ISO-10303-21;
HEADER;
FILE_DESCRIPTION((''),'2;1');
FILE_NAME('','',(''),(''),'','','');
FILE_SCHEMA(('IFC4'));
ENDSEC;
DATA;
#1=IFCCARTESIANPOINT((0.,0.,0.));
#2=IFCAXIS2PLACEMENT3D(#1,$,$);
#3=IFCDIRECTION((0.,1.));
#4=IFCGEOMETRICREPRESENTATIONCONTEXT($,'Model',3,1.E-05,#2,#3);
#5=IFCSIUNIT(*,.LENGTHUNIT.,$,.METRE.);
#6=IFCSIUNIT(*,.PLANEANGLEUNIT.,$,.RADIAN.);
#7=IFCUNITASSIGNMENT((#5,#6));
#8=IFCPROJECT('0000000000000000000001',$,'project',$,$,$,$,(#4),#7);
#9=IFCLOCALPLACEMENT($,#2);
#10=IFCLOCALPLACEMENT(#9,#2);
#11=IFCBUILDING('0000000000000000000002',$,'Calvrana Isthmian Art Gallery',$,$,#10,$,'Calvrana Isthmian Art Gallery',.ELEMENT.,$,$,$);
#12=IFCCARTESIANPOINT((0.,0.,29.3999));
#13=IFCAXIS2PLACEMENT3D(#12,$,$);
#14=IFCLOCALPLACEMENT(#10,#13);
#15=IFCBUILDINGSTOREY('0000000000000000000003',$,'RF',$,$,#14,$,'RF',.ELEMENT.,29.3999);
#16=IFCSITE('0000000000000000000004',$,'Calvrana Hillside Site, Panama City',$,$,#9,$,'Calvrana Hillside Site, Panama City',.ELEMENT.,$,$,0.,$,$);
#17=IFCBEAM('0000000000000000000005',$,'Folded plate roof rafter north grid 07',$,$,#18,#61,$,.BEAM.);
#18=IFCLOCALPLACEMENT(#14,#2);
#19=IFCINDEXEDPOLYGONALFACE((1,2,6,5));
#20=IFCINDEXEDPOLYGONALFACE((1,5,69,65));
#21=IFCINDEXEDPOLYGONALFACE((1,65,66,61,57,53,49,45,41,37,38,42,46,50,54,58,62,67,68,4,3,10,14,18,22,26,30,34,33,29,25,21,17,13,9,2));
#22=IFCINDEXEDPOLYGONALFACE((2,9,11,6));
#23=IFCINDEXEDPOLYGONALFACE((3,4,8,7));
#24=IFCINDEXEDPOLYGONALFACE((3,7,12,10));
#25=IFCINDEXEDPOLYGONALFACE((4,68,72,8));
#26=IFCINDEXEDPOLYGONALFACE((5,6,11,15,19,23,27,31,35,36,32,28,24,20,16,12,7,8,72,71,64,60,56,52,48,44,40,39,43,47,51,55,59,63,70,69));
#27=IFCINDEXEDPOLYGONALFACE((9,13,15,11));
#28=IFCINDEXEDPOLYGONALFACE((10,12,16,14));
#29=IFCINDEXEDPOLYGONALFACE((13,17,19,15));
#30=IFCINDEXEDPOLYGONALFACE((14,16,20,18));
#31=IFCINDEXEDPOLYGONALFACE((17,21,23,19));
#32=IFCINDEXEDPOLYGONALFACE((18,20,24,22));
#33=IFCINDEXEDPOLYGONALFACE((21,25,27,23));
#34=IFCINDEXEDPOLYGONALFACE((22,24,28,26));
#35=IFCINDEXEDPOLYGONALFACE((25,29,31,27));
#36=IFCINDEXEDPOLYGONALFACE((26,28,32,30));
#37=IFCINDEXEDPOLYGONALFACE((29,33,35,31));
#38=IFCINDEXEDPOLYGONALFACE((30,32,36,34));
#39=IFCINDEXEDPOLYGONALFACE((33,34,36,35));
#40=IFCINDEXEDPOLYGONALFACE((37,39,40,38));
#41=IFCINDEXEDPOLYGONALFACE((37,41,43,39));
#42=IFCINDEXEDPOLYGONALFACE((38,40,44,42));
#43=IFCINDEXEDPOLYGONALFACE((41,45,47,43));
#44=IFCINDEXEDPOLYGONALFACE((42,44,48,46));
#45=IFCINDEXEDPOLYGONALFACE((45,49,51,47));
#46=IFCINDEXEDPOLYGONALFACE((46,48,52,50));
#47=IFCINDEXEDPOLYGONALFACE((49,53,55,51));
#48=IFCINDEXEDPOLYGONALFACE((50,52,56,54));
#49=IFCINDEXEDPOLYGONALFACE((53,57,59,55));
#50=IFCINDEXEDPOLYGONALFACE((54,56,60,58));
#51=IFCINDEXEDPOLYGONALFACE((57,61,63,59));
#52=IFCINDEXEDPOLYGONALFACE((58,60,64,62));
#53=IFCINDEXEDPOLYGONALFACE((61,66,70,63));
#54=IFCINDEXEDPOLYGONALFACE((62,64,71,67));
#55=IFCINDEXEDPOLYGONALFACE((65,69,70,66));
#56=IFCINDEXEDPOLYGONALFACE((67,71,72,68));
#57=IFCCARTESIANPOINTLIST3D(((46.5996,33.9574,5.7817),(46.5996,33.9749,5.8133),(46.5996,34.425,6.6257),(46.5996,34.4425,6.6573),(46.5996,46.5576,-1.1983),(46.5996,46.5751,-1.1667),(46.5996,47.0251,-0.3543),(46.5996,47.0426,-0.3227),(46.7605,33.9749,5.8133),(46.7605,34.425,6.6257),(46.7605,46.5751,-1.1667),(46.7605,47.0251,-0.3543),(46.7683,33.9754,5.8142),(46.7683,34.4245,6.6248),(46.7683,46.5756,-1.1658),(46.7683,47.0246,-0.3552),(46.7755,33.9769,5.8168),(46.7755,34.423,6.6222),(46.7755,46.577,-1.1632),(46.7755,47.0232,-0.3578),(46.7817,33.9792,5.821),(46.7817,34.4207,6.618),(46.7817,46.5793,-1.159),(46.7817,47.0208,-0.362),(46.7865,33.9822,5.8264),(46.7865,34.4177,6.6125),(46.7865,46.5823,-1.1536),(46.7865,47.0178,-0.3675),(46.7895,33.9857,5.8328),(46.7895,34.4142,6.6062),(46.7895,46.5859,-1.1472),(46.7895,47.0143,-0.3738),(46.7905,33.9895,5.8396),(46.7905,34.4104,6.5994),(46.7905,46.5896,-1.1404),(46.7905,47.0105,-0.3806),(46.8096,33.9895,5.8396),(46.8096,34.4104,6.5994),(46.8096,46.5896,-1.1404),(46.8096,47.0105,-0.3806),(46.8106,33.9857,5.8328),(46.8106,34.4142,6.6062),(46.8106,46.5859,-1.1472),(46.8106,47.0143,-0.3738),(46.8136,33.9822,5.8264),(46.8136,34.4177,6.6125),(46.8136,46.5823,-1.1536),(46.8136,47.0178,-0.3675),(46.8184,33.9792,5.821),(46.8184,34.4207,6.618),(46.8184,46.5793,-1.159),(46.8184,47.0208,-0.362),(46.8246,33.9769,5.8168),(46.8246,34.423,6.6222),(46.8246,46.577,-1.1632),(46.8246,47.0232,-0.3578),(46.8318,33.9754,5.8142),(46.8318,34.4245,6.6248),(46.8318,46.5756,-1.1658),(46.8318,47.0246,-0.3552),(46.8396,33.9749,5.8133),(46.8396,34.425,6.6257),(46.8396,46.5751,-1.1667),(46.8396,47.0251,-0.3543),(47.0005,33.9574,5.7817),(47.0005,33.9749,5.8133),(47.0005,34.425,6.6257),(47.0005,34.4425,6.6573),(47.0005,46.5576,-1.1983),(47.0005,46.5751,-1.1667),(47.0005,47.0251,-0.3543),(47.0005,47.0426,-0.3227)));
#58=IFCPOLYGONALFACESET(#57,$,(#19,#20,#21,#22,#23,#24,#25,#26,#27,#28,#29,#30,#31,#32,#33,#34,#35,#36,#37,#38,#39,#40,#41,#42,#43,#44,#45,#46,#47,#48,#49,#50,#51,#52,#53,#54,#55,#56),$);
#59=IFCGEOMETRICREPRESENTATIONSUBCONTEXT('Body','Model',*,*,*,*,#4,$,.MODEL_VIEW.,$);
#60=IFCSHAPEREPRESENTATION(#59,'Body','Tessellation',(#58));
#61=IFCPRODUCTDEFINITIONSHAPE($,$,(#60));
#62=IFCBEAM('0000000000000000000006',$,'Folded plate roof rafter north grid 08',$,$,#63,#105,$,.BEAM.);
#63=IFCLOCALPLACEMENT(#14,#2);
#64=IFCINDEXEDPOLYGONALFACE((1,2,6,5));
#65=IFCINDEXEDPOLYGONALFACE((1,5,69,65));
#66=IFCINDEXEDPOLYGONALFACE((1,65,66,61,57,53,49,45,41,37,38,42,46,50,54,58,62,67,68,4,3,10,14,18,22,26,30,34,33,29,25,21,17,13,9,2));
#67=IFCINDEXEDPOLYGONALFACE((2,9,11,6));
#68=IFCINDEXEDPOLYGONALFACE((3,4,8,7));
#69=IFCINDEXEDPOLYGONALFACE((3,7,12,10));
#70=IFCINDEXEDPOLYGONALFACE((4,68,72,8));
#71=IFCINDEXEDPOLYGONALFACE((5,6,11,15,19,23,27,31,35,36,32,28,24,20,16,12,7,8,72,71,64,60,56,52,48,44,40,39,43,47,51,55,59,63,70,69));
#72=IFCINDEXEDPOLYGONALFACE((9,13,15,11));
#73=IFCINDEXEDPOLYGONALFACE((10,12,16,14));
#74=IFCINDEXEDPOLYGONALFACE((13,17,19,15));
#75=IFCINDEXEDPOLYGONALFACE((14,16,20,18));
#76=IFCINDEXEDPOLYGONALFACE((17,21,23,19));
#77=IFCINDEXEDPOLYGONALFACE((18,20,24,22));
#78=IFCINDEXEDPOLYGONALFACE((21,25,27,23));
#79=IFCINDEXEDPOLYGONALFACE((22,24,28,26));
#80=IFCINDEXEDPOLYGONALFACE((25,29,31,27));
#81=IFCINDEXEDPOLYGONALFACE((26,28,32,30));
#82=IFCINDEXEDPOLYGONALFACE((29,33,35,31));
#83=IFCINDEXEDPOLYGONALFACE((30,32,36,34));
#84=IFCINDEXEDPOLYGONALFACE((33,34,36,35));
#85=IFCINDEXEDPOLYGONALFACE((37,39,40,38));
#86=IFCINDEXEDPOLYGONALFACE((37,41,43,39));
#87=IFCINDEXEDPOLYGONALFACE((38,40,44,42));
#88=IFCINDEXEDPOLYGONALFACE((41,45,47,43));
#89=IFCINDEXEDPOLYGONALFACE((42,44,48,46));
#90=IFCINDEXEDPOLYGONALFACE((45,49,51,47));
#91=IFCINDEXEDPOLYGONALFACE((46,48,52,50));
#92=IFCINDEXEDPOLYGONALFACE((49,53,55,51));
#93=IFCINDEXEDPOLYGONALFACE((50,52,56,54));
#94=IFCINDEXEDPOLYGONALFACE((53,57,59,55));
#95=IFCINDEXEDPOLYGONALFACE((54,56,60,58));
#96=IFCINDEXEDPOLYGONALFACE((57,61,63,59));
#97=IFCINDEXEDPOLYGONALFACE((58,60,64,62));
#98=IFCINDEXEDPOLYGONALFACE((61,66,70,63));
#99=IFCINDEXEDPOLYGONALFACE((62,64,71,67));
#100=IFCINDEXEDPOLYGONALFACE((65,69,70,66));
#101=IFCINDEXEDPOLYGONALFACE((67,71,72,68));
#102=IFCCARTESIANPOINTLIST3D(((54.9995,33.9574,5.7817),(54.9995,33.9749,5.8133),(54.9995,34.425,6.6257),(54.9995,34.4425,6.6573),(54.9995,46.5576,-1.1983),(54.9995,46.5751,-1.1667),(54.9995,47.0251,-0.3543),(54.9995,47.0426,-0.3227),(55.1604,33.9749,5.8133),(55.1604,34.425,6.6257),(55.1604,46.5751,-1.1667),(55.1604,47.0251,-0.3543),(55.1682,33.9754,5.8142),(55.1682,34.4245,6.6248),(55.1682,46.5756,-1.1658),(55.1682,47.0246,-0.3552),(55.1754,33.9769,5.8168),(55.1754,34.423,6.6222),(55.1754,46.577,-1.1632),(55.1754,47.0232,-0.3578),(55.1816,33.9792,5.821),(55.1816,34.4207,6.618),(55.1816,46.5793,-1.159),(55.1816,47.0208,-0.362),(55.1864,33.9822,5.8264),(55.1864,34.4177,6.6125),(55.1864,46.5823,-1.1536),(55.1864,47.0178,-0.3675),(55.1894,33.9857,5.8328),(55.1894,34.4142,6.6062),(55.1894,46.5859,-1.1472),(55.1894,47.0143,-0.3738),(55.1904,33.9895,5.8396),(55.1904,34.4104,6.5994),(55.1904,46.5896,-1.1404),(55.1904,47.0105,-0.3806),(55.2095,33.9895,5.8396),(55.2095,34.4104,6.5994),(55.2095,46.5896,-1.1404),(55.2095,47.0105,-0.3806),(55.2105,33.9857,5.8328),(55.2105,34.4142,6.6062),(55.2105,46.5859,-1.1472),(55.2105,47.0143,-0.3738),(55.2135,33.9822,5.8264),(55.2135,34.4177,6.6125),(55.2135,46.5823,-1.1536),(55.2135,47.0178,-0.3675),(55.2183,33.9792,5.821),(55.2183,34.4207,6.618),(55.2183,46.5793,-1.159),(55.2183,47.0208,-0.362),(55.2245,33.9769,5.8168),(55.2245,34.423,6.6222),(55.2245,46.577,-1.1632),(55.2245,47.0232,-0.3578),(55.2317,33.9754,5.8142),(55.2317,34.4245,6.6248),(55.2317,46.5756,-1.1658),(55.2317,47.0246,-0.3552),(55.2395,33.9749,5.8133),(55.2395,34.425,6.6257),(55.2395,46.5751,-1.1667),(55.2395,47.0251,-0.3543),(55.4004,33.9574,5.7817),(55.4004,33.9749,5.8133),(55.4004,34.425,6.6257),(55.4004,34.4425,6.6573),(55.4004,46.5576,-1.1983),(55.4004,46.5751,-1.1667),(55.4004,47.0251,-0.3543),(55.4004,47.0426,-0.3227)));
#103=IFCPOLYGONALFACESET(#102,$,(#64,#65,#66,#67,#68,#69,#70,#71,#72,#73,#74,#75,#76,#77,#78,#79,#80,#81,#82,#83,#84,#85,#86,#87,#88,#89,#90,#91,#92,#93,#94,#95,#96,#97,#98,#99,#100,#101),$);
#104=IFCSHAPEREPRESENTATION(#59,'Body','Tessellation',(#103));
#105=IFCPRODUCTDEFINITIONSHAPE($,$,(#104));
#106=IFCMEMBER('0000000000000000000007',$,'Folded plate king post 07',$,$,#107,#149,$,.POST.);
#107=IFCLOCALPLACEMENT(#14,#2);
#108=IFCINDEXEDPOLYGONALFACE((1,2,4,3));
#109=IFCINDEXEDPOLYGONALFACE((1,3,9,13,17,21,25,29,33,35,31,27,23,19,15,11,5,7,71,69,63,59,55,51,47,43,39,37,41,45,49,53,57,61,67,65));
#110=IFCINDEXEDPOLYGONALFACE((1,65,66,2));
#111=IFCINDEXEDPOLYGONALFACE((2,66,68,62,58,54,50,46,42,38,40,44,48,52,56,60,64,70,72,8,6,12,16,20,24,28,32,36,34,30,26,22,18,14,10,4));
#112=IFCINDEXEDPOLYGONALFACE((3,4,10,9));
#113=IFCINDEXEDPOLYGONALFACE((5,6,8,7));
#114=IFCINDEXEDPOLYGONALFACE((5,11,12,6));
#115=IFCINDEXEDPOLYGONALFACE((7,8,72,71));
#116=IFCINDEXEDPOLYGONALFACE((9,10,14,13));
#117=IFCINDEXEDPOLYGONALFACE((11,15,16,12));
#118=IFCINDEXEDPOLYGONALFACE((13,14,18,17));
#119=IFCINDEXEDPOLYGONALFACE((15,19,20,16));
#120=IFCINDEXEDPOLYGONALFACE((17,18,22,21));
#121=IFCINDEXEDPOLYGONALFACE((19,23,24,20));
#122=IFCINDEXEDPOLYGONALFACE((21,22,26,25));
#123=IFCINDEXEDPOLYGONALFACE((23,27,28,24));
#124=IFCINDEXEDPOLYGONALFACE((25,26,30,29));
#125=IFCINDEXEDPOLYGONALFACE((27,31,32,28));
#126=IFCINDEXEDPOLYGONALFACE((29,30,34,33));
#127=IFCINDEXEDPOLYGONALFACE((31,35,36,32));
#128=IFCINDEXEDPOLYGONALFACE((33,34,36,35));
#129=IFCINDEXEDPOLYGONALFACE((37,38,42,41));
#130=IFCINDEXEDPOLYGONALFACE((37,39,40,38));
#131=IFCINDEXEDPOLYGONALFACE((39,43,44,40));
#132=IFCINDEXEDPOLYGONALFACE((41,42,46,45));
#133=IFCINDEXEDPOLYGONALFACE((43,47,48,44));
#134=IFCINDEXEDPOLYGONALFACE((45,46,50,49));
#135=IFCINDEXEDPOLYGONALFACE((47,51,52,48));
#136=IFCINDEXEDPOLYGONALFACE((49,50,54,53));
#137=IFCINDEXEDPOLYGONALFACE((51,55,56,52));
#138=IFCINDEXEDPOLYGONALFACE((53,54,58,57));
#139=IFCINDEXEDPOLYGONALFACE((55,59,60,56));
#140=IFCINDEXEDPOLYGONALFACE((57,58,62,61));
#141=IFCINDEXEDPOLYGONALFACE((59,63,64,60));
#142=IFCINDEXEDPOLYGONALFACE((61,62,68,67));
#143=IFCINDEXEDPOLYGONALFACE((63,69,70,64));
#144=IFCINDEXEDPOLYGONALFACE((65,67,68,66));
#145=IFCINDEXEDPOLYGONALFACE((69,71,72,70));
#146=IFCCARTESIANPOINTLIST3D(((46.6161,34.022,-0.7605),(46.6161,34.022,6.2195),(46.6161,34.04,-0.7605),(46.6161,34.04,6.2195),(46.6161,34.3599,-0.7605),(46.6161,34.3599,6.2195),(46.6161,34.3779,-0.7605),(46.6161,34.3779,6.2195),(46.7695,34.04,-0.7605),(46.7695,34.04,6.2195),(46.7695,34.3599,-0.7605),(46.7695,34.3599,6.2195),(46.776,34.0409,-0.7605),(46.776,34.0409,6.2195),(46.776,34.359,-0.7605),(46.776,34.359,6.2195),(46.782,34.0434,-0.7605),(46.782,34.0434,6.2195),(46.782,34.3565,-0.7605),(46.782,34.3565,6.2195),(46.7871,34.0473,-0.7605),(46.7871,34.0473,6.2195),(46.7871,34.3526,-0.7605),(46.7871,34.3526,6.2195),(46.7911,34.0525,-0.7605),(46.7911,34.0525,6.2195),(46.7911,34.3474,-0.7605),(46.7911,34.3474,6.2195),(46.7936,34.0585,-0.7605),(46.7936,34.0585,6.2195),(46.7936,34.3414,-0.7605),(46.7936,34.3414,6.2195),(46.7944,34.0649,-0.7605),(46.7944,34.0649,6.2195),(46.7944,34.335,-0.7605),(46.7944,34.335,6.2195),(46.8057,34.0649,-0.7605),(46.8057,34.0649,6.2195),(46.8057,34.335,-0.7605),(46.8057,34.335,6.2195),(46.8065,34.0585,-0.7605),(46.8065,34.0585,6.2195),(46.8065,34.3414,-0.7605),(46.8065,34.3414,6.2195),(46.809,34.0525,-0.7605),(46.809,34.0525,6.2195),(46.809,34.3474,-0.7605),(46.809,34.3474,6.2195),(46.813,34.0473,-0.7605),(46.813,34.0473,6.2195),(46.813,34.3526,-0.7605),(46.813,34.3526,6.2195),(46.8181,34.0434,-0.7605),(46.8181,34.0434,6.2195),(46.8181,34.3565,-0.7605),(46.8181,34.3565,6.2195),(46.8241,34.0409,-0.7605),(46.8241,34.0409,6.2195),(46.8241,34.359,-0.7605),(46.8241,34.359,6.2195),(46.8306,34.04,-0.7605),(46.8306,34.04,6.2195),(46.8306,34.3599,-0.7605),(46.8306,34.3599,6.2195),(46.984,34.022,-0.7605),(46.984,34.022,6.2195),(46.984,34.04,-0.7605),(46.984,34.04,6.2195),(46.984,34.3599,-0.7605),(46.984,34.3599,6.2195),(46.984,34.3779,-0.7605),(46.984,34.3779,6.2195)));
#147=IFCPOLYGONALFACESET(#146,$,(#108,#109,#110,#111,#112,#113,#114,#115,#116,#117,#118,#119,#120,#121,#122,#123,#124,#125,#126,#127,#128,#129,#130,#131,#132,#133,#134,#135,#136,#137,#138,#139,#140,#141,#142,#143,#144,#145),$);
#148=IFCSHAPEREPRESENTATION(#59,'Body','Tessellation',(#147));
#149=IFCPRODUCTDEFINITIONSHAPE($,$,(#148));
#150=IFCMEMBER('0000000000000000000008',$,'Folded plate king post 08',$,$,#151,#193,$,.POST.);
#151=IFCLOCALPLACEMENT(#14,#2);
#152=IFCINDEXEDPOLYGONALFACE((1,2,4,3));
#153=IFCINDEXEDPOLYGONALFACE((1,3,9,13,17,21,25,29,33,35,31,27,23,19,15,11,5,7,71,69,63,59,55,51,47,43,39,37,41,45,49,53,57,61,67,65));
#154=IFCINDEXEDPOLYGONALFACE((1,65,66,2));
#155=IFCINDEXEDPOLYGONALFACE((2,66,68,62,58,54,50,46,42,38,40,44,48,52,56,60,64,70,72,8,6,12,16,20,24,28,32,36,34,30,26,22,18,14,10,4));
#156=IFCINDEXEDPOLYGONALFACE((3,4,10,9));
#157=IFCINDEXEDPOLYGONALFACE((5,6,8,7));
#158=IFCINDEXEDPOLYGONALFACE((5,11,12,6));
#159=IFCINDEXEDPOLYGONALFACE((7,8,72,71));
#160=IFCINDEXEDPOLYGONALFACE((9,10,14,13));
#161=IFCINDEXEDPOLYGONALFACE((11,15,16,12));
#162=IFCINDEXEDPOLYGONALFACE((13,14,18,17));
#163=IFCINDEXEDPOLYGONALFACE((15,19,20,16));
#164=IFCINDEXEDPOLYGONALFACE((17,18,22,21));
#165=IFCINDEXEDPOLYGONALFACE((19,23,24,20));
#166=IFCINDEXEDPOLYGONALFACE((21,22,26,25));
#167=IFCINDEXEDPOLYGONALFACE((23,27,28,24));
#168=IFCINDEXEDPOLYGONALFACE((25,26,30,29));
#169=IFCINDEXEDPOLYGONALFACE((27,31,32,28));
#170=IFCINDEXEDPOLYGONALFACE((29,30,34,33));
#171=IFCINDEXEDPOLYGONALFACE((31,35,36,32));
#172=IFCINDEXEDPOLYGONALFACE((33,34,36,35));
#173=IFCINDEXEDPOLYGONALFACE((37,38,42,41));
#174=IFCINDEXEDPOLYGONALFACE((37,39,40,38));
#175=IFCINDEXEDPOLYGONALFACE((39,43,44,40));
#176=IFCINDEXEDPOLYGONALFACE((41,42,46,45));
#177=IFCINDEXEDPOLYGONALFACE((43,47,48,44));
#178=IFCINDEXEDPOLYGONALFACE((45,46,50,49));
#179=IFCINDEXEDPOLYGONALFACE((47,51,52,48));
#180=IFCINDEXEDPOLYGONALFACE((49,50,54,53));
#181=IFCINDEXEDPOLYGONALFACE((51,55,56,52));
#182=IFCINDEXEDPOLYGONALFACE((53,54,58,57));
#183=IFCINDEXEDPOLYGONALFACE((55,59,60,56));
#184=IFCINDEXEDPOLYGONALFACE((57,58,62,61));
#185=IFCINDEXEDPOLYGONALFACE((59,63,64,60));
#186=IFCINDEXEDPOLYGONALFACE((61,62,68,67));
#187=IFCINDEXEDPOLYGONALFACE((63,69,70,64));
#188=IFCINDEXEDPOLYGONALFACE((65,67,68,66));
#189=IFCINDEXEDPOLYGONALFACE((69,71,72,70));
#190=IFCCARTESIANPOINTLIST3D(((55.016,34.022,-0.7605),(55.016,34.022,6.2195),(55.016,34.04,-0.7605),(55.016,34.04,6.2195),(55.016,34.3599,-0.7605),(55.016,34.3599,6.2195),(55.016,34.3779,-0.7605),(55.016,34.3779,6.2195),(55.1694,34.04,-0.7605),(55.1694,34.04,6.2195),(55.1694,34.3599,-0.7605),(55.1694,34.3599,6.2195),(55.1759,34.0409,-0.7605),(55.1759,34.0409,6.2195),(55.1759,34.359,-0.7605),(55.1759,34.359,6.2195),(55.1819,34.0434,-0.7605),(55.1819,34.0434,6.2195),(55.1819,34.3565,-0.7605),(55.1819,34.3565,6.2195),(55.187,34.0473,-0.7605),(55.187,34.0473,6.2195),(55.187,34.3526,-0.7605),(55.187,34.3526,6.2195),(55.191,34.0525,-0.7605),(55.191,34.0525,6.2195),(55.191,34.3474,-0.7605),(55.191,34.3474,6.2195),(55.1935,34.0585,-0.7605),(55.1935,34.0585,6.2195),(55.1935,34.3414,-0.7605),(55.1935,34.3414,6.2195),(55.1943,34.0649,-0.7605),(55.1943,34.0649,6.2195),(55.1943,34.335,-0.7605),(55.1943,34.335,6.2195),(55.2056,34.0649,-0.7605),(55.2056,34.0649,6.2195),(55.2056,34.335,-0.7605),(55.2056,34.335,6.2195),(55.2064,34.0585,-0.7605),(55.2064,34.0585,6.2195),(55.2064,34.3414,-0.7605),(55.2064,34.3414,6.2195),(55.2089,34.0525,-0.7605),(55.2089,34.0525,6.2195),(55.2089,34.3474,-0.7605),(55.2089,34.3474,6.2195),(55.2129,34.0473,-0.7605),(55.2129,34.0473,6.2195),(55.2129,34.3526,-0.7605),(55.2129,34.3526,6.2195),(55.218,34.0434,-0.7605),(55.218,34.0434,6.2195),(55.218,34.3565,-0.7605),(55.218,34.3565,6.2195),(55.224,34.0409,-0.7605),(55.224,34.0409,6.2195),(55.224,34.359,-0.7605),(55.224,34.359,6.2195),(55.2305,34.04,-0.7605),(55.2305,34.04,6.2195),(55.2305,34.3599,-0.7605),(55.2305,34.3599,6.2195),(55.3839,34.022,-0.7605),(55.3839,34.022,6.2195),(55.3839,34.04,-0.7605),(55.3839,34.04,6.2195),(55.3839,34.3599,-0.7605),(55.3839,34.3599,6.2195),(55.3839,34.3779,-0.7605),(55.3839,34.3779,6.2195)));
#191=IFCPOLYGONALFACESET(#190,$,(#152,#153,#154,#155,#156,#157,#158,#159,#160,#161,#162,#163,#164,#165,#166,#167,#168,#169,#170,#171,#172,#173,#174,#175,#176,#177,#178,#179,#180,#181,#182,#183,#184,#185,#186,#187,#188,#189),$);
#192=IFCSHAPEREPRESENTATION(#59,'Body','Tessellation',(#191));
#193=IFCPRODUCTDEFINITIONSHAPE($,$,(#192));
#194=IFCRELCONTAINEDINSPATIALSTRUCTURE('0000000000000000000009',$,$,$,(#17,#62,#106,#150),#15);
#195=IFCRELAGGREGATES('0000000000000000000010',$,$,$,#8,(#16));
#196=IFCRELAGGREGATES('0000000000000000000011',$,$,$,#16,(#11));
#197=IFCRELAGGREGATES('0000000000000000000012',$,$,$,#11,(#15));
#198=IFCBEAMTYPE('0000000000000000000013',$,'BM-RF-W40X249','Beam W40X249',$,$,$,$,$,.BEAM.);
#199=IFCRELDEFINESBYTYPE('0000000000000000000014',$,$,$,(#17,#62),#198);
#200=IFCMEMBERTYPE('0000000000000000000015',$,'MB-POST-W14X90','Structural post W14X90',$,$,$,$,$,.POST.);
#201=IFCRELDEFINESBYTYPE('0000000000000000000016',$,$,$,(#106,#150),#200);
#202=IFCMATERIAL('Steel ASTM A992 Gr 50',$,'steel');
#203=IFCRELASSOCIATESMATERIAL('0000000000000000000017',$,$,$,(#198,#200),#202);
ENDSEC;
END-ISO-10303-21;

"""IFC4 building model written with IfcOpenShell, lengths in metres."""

from ifc_helpers import new_model, si_unit, direction, frame, origin, origin_2d, place, context, subcontext, project, spatial, i_section, extrude, material, material_profile, profile_set, type_object, element, save


model = new_model("IFC4")

# Units and contexts
model_context = context("Model", 3, precision=1e-05, world=origin(), true_north=direction((0.0, 1.0)))
body_context = subcontext(model_context, "Body", "Model", "MODEL_VIEW")
ifc_project = project(units=[si_unit("LENGTHUNIT", "METRE"), si_unit("PLANEANGLEUNIT", "RADIAN")], contexts=[model_context])

# Site, building, storey
site_placement = place(None, origin())
site = spatial("IfcSite", under=ifc_project, at=site_placement, Name="Calvrana Hillside Site, Panama City", LongName="Calvrana Hillside Site, Panama City", CompositionType="ELEMENT", RefElevation=0.0)
building_placement = place(site_placement, origin())
building = spatial("IfcBuilding", under=site, at=building_placement, Name="Calvrana Isthmian Art Gallery", LongName="Calvrana Isthmian Art Gallery", CompositionType="ELEMENT")
storey_placement = place(building_placement, frame((0.0, 0.0, 29.3999)))
storey = spatial("IfcBuildingStorey", under=building, at=storey_placement, Name="RF", LongName="RF", CompositionType="ELEMENT", Elevation=29.3999)

# Beams
ifc_material_1 = material(Name="Steel ASTM A992 Gr 50", Category="steel")
ifc_material_profile_1 = material_profile(ifc_material_1, i_section(OverallWidth=0.4009, OverallDepth=1.001, WebThickness=0.019, FlangeThickness=0.0361, FilletRadius=0.03, at=origin_2d()), Name="W40X249")
ifc_profile_set_1 = profile_set([ifc_material_profile_1], Name="Steel ASTM A992 Gr 50")
beam_type_1 = type_object("IfcBeamType", Name="BM-RF-W40X249", Description="Beam W40X249", PredefinedType="BEAM", material=ifc_profile_set_1)
for number, where, z_axis, x_axis, name in (
    (1, (46.8, 34.2, 6.2195), (0.0, 0.874748, -0.484578), (-1.0, 0.0, 0.0), "Folded plate roof rafter north grid 07"),
    (2, (55.2, 34.2, 6.2195), (0.0, 0.874748, -0.484578), (-1.0, 0.0, 0.0), "Folded plate roof rafter north grid 08"),
):
    element("IfcBeam", number, at=place(storey_placement, frame(where, z_axis=z_axis, x_axis=x_axis)), inside=storey, type_object=beam_type_1, Name=name, PredefinedType="BEAM", context=body_context, shape_type="SweptSolid", body=[
        extrude(i_section(OverallWidth=0.4009, OverallDepth=1.001, WebThickness=0.019, FlangeThickness=0.0361, FilletRadius=0.03, at=origin_2d()), origin(), (0.0, 0.0, 1.0), 14.4043),
    ])

# Members
ifc_material_profile_2 = material_profile(ifc_material_1, i_section(OverallWidth=0.3679, OverallDepth=0.356, WebThickness=0.0112, FlangeThickness=0.0181, FilletRadius=0.0249, at=origin_2d()), Name="W14X90")
ifc_profile_set_2 = profile_set([ifc_material_profile_2], Name="Steel ASTM A992 Gr 50")
member_type_1 = type_object("IfcMemberType", Name="MB-POST-W14X90", Description="Structural post W14X90", PredefinedType="POST", material=ifc_profile_set_2)
for number, where, z_axis, x_axis, name in (
    (3, (46.8, 34.2, -0.7605), (0.0, 0.0, 1.0), (1.0, 0.0, 0.0), "Folded plate king post 07"),
    (4, (55.2, 34.2, -0.7605), (0.0, 0.0, 1.0), (1.0, 0.0, 0.0), "Folded plate king post 08"),
):
    element("IfcMember", number, at=place(storey_placement, frame(where, z_axis=z_axis, x_axis=x_axis)), inside=storey, type_object=member_type_1, Name=name, PredefinedType="POST", context=body_context, shape_type="SweptSolid", body=[
        extrude(i_section(OverallWidth=0.3679, OverallDepth=0.356, WebThickness=0.0112, FlangeThickness=0.0181, FilletRadius=0.0249, at=origin_2d()), origin(), (0.0, 0.0, 1.0), 6.98),
    ])

save(model, "model.ifc")
